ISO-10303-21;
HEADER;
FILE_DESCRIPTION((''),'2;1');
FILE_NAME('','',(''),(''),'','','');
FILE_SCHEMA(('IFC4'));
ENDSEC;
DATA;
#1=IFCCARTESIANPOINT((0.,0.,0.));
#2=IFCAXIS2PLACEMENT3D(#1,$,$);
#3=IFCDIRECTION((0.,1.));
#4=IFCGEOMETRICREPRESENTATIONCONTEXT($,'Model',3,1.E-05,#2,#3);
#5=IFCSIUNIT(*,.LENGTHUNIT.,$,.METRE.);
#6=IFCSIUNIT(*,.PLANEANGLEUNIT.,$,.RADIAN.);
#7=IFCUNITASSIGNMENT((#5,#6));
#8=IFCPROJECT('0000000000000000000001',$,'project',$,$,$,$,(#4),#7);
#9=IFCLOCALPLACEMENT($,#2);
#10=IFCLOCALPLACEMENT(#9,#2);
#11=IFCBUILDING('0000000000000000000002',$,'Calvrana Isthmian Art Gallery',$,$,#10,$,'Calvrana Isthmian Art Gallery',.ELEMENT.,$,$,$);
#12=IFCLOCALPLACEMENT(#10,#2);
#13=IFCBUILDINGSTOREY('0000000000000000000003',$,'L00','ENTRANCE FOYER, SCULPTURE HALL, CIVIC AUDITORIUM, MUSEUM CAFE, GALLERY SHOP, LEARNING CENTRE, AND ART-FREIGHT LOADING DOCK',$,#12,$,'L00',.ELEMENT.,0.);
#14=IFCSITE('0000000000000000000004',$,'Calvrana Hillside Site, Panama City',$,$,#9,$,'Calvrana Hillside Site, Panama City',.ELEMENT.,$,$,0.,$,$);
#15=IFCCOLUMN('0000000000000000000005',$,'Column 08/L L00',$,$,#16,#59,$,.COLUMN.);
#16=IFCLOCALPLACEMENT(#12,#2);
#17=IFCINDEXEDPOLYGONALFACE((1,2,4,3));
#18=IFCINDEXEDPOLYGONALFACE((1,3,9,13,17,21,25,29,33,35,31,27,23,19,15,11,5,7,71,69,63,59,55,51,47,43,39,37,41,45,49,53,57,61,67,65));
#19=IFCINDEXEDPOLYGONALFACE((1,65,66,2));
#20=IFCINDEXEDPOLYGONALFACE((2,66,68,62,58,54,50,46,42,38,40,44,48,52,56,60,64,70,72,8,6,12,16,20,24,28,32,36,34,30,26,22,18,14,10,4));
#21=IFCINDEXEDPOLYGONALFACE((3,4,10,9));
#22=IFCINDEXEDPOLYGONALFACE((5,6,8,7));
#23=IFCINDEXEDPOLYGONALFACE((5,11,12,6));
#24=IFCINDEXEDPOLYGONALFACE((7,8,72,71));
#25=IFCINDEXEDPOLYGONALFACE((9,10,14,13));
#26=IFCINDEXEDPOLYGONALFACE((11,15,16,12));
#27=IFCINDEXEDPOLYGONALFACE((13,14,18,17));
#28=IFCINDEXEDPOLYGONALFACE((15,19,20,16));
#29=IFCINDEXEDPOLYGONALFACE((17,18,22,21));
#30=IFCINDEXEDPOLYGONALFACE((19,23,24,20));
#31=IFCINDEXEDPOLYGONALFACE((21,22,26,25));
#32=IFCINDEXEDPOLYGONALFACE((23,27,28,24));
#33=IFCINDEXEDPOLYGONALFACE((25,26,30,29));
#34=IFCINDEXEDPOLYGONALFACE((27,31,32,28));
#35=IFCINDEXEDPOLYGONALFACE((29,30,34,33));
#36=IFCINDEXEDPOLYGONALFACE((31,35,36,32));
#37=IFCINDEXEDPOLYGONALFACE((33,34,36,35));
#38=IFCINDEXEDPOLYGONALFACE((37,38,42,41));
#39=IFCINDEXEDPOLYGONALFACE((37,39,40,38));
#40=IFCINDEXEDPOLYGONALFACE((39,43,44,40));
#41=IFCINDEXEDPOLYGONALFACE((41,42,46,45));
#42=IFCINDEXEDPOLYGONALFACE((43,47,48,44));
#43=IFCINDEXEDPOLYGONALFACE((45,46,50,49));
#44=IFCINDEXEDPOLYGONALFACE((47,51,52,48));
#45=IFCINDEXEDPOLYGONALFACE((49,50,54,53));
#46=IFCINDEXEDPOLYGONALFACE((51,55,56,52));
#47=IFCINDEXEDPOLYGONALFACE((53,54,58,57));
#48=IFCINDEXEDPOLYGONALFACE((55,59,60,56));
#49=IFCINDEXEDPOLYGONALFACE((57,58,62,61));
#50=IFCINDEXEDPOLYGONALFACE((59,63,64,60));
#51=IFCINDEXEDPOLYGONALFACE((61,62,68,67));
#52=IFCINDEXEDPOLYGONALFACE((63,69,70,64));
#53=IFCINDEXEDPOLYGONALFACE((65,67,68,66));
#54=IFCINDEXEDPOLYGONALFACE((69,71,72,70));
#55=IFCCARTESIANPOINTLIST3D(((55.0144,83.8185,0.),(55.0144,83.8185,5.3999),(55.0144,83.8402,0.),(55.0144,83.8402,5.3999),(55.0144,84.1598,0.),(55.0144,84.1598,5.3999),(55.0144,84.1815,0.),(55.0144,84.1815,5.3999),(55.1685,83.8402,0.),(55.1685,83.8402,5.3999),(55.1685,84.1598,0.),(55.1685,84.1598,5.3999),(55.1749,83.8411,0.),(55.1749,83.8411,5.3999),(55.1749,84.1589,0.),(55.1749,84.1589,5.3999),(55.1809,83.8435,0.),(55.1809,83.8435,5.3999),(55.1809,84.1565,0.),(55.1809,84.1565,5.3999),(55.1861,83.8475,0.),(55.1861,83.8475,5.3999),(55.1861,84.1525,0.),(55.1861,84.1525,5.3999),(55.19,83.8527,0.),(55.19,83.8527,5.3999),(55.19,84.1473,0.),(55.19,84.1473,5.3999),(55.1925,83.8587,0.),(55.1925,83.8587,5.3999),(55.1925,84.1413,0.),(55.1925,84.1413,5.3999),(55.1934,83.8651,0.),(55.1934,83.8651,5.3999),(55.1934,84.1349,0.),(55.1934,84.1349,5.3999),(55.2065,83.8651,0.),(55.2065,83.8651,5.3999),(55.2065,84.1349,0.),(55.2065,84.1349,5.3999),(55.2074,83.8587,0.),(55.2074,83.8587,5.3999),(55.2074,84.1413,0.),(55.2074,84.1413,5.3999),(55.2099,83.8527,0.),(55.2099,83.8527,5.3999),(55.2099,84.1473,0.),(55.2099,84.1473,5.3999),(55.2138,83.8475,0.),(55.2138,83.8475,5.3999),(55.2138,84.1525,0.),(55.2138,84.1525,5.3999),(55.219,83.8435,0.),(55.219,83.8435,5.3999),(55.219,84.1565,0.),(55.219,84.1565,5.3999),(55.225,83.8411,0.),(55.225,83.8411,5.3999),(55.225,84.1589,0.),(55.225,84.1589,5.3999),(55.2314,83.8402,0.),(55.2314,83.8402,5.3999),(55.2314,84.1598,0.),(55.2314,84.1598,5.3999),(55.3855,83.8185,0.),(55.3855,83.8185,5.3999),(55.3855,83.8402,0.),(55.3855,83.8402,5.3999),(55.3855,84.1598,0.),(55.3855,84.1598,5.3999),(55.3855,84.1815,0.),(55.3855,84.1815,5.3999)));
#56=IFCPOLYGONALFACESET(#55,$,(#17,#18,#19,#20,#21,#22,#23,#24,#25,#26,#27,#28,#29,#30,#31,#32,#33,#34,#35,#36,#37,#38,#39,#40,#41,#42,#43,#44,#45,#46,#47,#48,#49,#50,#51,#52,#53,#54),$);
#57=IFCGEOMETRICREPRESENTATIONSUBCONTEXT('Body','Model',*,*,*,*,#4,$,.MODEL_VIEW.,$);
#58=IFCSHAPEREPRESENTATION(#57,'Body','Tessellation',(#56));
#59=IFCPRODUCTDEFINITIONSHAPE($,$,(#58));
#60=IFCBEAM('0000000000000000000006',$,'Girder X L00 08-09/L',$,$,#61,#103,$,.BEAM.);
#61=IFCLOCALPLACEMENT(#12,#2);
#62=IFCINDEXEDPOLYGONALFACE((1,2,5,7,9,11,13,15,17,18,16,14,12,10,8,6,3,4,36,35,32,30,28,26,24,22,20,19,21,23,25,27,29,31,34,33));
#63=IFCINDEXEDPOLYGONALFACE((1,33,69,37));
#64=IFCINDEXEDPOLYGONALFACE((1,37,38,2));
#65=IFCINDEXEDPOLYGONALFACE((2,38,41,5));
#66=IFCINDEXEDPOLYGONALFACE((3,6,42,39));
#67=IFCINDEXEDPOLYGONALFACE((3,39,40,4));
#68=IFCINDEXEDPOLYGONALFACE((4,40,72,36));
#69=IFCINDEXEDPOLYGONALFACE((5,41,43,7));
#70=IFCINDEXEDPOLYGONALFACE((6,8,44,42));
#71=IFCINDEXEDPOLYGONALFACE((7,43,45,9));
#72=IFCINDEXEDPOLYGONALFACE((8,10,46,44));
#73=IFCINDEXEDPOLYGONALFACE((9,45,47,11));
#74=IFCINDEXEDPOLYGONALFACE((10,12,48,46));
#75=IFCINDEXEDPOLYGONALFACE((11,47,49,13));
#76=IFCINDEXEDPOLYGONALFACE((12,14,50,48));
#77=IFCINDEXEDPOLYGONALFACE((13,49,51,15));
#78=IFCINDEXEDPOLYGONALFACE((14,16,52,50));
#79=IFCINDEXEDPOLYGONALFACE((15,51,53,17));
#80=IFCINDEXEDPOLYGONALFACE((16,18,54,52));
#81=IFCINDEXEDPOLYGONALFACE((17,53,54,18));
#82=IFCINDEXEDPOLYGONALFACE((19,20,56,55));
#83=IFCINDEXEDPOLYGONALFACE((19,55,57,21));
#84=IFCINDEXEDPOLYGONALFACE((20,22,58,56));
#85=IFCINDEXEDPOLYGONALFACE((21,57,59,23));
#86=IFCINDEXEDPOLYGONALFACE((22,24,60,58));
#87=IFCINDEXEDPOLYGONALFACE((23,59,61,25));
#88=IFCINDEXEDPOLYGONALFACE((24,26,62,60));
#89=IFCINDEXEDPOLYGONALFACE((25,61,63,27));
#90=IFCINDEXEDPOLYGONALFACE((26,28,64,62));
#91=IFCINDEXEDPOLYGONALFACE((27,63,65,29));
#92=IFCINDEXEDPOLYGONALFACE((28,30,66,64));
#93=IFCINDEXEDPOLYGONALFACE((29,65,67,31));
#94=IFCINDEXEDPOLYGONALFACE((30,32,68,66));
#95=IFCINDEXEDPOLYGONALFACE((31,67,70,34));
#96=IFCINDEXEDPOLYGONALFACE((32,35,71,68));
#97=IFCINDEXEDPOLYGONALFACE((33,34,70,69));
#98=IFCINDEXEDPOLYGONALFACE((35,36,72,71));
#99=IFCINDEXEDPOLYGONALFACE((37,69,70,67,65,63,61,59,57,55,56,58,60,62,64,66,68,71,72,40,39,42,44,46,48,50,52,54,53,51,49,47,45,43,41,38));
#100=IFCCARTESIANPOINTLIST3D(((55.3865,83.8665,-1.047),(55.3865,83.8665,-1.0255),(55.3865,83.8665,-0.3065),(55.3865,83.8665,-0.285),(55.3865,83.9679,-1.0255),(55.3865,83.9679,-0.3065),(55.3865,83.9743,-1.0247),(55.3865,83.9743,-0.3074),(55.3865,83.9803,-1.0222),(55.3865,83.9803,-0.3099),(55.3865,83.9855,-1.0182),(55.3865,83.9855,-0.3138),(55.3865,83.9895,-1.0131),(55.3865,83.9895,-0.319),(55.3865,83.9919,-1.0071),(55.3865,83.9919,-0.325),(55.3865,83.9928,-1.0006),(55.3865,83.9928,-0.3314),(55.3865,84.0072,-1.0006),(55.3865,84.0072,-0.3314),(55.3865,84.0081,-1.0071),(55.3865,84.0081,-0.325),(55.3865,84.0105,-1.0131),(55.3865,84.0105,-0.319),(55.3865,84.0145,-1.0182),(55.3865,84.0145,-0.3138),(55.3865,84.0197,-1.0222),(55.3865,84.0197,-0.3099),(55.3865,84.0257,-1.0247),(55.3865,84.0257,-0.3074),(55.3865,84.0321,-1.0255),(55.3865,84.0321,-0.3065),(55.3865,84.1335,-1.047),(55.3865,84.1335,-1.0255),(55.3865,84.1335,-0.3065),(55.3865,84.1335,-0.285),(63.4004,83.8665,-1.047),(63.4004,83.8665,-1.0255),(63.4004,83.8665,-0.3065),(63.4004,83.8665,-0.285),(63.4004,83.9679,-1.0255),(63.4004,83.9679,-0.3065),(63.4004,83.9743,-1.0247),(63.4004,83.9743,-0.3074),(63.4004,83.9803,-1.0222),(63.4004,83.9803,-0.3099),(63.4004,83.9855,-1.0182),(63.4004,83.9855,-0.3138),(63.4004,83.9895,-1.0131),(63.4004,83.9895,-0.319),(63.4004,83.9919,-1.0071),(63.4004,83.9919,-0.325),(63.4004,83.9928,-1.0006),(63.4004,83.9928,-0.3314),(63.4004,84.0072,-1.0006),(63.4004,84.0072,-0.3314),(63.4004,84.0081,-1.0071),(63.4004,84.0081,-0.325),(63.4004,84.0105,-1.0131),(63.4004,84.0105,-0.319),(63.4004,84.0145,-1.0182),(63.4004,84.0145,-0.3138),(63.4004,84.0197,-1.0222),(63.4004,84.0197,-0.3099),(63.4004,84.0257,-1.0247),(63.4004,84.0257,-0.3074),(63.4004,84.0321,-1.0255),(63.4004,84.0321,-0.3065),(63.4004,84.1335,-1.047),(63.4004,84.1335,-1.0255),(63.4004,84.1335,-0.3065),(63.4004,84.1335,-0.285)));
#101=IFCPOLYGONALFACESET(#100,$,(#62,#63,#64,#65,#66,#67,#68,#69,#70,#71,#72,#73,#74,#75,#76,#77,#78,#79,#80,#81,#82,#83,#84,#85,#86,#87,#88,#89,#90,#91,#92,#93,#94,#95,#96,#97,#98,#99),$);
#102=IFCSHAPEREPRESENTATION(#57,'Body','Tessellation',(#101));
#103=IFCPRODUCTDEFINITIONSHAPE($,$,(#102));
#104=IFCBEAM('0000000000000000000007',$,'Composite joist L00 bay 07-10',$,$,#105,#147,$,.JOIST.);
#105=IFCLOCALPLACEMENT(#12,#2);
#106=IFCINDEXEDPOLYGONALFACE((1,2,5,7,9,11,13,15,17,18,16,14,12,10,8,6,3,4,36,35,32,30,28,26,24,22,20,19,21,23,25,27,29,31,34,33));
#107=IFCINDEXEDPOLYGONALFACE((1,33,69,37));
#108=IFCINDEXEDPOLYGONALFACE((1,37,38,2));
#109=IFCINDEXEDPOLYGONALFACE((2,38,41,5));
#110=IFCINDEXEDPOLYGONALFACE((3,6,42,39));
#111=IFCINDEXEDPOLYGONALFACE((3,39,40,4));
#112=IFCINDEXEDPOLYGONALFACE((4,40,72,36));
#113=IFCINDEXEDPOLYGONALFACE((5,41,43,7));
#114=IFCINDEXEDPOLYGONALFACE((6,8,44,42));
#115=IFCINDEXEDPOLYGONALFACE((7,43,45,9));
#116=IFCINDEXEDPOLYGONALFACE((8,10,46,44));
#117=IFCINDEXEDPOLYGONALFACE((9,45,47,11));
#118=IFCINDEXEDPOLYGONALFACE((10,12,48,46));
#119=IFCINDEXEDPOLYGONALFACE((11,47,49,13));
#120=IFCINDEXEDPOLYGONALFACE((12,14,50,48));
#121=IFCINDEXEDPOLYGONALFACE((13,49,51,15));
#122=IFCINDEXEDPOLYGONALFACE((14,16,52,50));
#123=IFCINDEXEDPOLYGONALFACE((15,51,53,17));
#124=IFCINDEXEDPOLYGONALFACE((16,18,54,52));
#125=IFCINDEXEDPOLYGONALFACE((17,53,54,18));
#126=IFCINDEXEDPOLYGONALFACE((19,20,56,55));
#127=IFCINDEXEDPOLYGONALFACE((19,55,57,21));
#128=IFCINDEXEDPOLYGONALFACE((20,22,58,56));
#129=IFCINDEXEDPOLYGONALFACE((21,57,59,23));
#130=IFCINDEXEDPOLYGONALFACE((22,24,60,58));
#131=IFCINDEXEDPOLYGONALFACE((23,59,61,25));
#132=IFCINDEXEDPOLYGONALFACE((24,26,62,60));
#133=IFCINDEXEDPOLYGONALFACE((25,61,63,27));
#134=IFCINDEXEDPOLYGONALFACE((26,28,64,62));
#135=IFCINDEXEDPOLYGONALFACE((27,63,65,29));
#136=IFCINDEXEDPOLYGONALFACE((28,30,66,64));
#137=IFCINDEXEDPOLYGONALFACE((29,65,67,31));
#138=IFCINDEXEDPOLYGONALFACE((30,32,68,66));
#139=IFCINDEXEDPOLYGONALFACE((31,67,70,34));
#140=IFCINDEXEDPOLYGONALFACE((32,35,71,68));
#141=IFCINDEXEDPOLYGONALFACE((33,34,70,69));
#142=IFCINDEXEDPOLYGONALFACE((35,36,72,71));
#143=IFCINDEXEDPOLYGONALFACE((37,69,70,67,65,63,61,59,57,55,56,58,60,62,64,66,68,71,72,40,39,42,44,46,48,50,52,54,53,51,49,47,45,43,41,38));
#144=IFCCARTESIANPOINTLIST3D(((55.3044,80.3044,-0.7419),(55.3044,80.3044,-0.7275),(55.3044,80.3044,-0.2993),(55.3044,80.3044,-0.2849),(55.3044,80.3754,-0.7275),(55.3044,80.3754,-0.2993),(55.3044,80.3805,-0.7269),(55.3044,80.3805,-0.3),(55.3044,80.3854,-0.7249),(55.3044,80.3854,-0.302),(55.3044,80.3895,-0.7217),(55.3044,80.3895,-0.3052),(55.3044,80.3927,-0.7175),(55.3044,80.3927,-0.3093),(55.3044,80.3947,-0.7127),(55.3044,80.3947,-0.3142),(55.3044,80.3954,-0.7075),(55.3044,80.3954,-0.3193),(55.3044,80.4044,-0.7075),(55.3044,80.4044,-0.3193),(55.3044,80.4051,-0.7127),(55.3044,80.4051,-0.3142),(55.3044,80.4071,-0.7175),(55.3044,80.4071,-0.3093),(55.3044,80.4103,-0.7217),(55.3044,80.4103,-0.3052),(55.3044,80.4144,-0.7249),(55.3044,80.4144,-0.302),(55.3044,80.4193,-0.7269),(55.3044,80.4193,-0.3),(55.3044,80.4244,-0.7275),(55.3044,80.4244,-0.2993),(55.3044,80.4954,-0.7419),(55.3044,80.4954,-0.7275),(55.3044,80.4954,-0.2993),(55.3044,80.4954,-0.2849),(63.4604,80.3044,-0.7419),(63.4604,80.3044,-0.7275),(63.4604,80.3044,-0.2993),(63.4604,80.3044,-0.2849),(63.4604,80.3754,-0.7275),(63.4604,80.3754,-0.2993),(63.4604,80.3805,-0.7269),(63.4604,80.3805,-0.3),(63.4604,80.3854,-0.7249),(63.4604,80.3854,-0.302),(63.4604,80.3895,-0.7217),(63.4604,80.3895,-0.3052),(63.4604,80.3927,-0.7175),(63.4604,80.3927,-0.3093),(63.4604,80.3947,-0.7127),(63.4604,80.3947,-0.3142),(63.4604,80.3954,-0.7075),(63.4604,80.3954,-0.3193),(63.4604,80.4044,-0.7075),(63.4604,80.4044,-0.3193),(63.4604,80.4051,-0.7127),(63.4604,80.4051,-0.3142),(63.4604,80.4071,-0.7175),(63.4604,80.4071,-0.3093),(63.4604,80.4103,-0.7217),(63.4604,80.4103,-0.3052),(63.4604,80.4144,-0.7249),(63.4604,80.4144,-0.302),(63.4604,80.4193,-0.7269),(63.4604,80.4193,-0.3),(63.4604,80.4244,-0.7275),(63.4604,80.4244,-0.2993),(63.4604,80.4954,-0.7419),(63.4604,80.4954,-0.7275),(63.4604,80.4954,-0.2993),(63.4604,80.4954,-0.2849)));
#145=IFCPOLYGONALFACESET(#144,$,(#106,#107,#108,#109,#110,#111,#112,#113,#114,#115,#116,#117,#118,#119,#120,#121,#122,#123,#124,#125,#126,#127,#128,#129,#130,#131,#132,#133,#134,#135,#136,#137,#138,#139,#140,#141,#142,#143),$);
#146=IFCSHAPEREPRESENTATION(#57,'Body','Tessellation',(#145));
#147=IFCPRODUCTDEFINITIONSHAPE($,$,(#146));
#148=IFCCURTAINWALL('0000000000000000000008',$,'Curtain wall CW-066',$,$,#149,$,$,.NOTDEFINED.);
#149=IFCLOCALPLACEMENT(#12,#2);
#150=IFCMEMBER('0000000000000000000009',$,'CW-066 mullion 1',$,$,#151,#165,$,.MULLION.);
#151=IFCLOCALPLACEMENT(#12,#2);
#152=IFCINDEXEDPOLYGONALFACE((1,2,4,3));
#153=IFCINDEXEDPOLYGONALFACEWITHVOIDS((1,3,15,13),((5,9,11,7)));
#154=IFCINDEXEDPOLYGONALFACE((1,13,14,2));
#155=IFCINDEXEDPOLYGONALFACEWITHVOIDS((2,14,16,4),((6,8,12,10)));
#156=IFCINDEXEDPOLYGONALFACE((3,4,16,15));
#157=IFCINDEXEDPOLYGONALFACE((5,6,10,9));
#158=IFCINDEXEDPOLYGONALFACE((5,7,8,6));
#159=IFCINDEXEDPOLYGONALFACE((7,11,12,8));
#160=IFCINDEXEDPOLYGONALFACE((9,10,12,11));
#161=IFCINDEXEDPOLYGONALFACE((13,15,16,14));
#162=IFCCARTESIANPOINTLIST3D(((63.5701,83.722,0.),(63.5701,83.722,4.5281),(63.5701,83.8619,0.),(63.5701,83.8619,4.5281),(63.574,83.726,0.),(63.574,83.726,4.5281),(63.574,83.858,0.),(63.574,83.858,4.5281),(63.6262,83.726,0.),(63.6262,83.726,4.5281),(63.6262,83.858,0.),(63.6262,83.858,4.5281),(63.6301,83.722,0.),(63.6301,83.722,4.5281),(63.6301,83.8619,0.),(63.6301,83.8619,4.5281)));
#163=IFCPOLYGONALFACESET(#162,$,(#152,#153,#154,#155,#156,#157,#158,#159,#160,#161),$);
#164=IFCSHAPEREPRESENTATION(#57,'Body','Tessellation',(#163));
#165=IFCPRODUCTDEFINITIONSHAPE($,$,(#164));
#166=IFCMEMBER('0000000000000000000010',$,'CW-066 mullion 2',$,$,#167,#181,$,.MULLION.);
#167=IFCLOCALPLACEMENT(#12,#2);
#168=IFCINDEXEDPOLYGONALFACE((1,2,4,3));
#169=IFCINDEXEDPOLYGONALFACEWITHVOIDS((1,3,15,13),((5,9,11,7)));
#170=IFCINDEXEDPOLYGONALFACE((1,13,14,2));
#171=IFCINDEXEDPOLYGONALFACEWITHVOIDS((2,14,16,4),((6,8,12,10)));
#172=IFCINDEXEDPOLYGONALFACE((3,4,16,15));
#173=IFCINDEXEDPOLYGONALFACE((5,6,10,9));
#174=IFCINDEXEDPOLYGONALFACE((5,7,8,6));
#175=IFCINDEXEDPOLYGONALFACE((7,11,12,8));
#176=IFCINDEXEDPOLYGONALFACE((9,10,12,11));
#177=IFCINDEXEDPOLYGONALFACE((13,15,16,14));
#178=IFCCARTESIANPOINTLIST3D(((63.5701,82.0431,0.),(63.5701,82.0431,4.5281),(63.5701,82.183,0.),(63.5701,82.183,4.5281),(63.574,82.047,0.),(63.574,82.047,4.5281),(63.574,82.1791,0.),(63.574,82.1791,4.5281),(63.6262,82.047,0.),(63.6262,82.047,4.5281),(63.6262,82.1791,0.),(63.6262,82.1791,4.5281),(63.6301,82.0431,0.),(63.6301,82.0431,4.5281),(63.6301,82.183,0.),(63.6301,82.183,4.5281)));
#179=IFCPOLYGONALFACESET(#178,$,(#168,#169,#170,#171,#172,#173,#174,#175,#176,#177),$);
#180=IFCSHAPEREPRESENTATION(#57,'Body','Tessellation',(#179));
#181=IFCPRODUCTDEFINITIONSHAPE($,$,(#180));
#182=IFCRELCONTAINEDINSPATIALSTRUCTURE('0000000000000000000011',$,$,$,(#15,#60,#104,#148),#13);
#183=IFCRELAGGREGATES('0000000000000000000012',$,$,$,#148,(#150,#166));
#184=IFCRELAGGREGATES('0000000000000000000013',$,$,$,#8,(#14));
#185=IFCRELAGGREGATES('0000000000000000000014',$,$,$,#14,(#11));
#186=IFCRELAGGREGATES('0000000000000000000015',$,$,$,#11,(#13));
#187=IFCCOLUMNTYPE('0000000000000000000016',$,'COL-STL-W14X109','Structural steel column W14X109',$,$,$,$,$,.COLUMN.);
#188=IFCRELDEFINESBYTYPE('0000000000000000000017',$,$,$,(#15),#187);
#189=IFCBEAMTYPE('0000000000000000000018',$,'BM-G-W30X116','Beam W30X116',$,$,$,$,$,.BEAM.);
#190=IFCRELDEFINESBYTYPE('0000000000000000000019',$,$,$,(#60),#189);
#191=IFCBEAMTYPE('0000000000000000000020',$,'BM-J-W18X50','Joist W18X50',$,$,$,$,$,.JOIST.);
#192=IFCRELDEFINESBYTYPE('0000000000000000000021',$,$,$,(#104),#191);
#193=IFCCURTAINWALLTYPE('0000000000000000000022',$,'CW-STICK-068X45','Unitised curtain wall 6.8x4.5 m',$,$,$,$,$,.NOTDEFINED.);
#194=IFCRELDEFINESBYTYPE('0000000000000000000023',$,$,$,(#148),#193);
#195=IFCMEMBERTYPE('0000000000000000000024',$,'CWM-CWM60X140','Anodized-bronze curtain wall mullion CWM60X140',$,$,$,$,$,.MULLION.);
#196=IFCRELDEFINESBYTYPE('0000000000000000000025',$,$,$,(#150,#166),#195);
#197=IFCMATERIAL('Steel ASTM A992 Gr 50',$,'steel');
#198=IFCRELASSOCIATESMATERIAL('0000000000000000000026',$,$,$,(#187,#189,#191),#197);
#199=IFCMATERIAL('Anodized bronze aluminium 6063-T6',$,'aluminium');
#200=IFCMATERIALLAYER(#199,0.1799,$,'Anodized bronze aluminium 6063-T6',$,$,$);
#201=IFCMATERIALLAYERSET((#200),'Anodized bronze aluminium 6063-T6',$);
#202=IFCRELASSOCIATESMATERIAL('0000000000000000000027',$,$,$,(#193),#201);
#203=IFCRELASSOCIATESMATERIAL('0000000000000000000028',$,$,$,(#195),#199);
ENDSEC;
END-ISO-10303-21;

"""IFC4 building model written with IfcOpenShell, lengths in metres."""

from ifc_helpers import new_model, si_unit, direction, frame, origin, origin_2d, place, context, subcontext, project, spatial, hollow_rectangle, i_section, extrude, material, layer, layer_set, material_profile, profile_set, type_object, element, aggregate, save


model = new_model("IFC4")

# Units and contexts
model_context = context("Model", 3, precision=1e-05, world=origin(), true_north=direction((0.0, 1.0)))
body_context = subcontext(model_context, "Body", "Model", "MODEL_VIEW")
ifc_project = project(units=[si_unit("LENGTHUNIT", "METRE"), si_unit("PLANEANGLEUNIT", "RADIAN")], contexts=[model_context])

# Site, building, storey
site_placement = place(None, origin())
site = spatial("IfcSite", under=ifc_project, at=site_placement, Name="Calvrana Hillside Site, Panama City", LongName="Calvrana Hillside Site, Panama City", CompositionType="ELEMENT", RefElevation=0.0)
building_placement = place(site_placement, origin())
building = spatial("IfcBuilding", under=site, at=building_placement, Name="Calvrana Isthmian Art Gallery", LongName="Calvrana Isthmian Art Gallery", CompositionType="ELEMENT")
storey_placement = place(building_placement, origin())
storey = spatial("IfcBuildingStorey", under=building, at=storey_placement, Name="L00", Description="ENTRANCE FOYER, SCULPTURE HALL, CIVIC AUDITORIUM, MUSEUM CAFE, GALLERY SHOP, LEARNING CENTRE, AND ART-FREIGHT LOADING DOCK", LongName="L00", CompositionType="ELEMENT", Elevation=0.0)

# Column
ifc_material_1 = material(Name="Steel ASTM A992 Gr 50", Category="steel")
ifc_material_profile_1 = material_profile(ifc_material_1, i_section(OverallWidth=0.3711, OverallDepth=0.363, WebThickness=0.0132, FlangeThickness=0.0217, FilletRadius=0.0249, at=origin_2d()), Name="W14X109")
ifc_profile_set_1 = profile_set([ifc_material_profile_1], Name="Steel ASTM A992 Gr 50")
column_type = type_object("IfcColumnType", Name="COL-STL-W14X109", Description="Structural steel column W14X109", PredefinedType="COLUMN", material=ifc_profile_set_1)
column_placement = place(storey_placement, frame((55.2, 84.0, 0.0), z_axis=(0.0, 0.0, 1.0), x_axis=(1.0, 0.0, 0.0)))
element("IfcColumn", 1, at=column_placement, inside=storey, type_object=column_type, Name="Column 08/L L00", PredefinedType="COLUMN", context=body_context, shape_type="SweptSolid", body=[
    extrude(i_section(OverallWidth=0.3711, OverallDepth=0.363, WebThickness=0.0132, FlangeThickness=0.0217, FilletRadius=0.0249, at=origin_2d()), origin(), (0.0, 0.0, 1.0), 5.3999),
])

# Beams
ifc_material_profile_2 = material_profile(ifc_material_1, i_section(OverallWidth=0.2671, OverallDepth=0.762, WebThickness=0.0144, FlangeThickness=0.0215, FilletRadius=0.0249, at=origin_2d()), Name="W30X116")
ifc_profile_set_2 = profile_set([ifc_material_profile_2], Name="Steel ASTM A992 Gr 50")
beam_type_1 = type_object("IfcBeamType", Name="BM-G-W30X116", Description="Beam W30X116", PredefinedType="BEAM", material=ifc_profile_set_2)
beam_1_placement = place(storey_placement, frame((55.3865, 84.0, -0.666), z_axis=(1.0, 0.0, 0.0), x_axis=(0.0, 1.0, 0.0)))
element("IfcBeam", 2, at=beam_1_placement, inside=storey, type_object=beam_type_1, Name="Girder X L00 08-09/L", PredefinedType="BEAM", context=body_context, shape_type="SweptSolid", body=[
    extrude(i_section(OverallWidth=0.2671, OverallDepth=0.762, WebThickness=0.0144, FlangeThickness=0.0215, FilletRadius=0.0249, at=origin_2d()), origin(), (0.0, 0.0, 1.0), 8.0139),
])
ifc_material_profile_3 = material_profile(ifc_material_1, i_section(OverallWidth=0.1909, OverallDepth=0.457, WebThickness=0.009, FlangeThickness=0.0144, FilletRadius=0.02, at=origin_2d()), Name="W18X50")
ifc_profile_set_3 = profile_set([ifc_material_profile_3], Name="Steel ASTM A992 Gr 50")
beam_type_2 = type_object("IfcBeamType", Name="BM-J-W18X50", Description="Joist W18X50", PredefinedType="JOIST", material=ifc_profile_set_3)
beam_2_placement = place(storey_placement, frame((55.3044, 80.3999, -0.5134), z_axis=(1.0, 0.0, 0.0), x_axis=(0.0, 1.0, 0.0)))
element("IfcBeam", 3, at=beam_2_placement, inside=storey, type_object=beam_type_2, Name="Composite joist L00 bay 07-10", PredefinedType="JOIST", context=body_context, shape_type="SweptSolid", body=[
    extrude(i_section(OverallWidth=0.1909, OverallDepth=0.457, WebThickness=0.009, FlangeThickness=0.0144, FilletRadius=0.02, at=origin_2d()), origin(), (0.0, 0.0, 1.0), 8.156),
])

# Curtain wall, members
ifc_material_2 = material(Name="Anodized bronze aluminium 6063-T6", Category="aluminium")
ifc_layer_1 = layer(ifc_material_2, 0.1799, Name="Anodized bronze aluminium 6063-T6")
ifc_layer_set_1 = layer_set([ifc_layer_1], Name="Anodized bronze aluminium 6063-T6")
curtain_wall_type_1 = type_object("IfcCurtainWallType", Name="CW-STICK-068X45", Description="Unitised curtain wall 6.8x4.5 m", PredefinedType="NOTDEFINED", material=ifc_layer_set_1)
curtain_wall_1_placement = place(storey_placement, origin())
curtain_wall_1 = element("IfcCurtainWall", 4, at=curtain_wall_1_placement, inside=storey, type_object=curtain_wall_type_1, Name="Curtain wall CW-066", PredefinedType="NOTDEFINED")
ifc_material_profile_4 = material_profile(ifc_material_2, hollow_rectangle(XDim=0.0601, YDim=0.1399, WallThickness=0.0039, at=origin_2d()), Name="CWM60X140")
ifc_profile_set_4 = profile_set([ifc_material_profile_4], Name="Anodized bronze aluminium 6063-T6")
member_type_1 = type_object("IfcMemberType", Name="CWM-CWM60X140", Description="Anodized-bronze curtain wall mullion CWM60X140", PredefinedType="MULLION", material=ifc_profile_set_4)
member_1_placement = place(storey_placement, frame((63.6001, 83.792, 0.0), z_axis=(0.0, 0.0, 1.0), x_axis=(1.0, 0.0, 0.0)))
member_1 = element("IfcMember", 5, at=member_1_placement, type_object=member_type_1, Name="CW-066 mullion 1", PredefinedType="MULLION", context=body_context, shape_type="SweptSolid", body=[
    extrude(hollow_rectangle(XDim=0.0601, YDim=0.1399, WallThickness=0.0039, at=origin_2d()), origin(), (0.0, 0.0, 1.0), 4.5281),
])
member_2_placement = place(storey_placement, frame((63.6001, 82.113, 0.0), z_axis=(0.0, 0.0, 1.0), x_axis=(1.0, 0.0, 0.0)))
member_2 = element("IfcMember", 6, at=member_2_placement, type_object=member_type_1, Name="CW-066 mullion 2", PredefinedType="MULLION", context=body_context, shape_type="SweptSolid", body=[
    extrude(hollow_rectangle(XDim=0.0601, YDim=0.1399, WallThickness=0.0039, at=origin_2d()), origin(), (0.0, 0.0, 1.0), 4.5281),
])

aggregate(curtain_wall_1, [member_1, member_2])

save(model, "model.ifc")
